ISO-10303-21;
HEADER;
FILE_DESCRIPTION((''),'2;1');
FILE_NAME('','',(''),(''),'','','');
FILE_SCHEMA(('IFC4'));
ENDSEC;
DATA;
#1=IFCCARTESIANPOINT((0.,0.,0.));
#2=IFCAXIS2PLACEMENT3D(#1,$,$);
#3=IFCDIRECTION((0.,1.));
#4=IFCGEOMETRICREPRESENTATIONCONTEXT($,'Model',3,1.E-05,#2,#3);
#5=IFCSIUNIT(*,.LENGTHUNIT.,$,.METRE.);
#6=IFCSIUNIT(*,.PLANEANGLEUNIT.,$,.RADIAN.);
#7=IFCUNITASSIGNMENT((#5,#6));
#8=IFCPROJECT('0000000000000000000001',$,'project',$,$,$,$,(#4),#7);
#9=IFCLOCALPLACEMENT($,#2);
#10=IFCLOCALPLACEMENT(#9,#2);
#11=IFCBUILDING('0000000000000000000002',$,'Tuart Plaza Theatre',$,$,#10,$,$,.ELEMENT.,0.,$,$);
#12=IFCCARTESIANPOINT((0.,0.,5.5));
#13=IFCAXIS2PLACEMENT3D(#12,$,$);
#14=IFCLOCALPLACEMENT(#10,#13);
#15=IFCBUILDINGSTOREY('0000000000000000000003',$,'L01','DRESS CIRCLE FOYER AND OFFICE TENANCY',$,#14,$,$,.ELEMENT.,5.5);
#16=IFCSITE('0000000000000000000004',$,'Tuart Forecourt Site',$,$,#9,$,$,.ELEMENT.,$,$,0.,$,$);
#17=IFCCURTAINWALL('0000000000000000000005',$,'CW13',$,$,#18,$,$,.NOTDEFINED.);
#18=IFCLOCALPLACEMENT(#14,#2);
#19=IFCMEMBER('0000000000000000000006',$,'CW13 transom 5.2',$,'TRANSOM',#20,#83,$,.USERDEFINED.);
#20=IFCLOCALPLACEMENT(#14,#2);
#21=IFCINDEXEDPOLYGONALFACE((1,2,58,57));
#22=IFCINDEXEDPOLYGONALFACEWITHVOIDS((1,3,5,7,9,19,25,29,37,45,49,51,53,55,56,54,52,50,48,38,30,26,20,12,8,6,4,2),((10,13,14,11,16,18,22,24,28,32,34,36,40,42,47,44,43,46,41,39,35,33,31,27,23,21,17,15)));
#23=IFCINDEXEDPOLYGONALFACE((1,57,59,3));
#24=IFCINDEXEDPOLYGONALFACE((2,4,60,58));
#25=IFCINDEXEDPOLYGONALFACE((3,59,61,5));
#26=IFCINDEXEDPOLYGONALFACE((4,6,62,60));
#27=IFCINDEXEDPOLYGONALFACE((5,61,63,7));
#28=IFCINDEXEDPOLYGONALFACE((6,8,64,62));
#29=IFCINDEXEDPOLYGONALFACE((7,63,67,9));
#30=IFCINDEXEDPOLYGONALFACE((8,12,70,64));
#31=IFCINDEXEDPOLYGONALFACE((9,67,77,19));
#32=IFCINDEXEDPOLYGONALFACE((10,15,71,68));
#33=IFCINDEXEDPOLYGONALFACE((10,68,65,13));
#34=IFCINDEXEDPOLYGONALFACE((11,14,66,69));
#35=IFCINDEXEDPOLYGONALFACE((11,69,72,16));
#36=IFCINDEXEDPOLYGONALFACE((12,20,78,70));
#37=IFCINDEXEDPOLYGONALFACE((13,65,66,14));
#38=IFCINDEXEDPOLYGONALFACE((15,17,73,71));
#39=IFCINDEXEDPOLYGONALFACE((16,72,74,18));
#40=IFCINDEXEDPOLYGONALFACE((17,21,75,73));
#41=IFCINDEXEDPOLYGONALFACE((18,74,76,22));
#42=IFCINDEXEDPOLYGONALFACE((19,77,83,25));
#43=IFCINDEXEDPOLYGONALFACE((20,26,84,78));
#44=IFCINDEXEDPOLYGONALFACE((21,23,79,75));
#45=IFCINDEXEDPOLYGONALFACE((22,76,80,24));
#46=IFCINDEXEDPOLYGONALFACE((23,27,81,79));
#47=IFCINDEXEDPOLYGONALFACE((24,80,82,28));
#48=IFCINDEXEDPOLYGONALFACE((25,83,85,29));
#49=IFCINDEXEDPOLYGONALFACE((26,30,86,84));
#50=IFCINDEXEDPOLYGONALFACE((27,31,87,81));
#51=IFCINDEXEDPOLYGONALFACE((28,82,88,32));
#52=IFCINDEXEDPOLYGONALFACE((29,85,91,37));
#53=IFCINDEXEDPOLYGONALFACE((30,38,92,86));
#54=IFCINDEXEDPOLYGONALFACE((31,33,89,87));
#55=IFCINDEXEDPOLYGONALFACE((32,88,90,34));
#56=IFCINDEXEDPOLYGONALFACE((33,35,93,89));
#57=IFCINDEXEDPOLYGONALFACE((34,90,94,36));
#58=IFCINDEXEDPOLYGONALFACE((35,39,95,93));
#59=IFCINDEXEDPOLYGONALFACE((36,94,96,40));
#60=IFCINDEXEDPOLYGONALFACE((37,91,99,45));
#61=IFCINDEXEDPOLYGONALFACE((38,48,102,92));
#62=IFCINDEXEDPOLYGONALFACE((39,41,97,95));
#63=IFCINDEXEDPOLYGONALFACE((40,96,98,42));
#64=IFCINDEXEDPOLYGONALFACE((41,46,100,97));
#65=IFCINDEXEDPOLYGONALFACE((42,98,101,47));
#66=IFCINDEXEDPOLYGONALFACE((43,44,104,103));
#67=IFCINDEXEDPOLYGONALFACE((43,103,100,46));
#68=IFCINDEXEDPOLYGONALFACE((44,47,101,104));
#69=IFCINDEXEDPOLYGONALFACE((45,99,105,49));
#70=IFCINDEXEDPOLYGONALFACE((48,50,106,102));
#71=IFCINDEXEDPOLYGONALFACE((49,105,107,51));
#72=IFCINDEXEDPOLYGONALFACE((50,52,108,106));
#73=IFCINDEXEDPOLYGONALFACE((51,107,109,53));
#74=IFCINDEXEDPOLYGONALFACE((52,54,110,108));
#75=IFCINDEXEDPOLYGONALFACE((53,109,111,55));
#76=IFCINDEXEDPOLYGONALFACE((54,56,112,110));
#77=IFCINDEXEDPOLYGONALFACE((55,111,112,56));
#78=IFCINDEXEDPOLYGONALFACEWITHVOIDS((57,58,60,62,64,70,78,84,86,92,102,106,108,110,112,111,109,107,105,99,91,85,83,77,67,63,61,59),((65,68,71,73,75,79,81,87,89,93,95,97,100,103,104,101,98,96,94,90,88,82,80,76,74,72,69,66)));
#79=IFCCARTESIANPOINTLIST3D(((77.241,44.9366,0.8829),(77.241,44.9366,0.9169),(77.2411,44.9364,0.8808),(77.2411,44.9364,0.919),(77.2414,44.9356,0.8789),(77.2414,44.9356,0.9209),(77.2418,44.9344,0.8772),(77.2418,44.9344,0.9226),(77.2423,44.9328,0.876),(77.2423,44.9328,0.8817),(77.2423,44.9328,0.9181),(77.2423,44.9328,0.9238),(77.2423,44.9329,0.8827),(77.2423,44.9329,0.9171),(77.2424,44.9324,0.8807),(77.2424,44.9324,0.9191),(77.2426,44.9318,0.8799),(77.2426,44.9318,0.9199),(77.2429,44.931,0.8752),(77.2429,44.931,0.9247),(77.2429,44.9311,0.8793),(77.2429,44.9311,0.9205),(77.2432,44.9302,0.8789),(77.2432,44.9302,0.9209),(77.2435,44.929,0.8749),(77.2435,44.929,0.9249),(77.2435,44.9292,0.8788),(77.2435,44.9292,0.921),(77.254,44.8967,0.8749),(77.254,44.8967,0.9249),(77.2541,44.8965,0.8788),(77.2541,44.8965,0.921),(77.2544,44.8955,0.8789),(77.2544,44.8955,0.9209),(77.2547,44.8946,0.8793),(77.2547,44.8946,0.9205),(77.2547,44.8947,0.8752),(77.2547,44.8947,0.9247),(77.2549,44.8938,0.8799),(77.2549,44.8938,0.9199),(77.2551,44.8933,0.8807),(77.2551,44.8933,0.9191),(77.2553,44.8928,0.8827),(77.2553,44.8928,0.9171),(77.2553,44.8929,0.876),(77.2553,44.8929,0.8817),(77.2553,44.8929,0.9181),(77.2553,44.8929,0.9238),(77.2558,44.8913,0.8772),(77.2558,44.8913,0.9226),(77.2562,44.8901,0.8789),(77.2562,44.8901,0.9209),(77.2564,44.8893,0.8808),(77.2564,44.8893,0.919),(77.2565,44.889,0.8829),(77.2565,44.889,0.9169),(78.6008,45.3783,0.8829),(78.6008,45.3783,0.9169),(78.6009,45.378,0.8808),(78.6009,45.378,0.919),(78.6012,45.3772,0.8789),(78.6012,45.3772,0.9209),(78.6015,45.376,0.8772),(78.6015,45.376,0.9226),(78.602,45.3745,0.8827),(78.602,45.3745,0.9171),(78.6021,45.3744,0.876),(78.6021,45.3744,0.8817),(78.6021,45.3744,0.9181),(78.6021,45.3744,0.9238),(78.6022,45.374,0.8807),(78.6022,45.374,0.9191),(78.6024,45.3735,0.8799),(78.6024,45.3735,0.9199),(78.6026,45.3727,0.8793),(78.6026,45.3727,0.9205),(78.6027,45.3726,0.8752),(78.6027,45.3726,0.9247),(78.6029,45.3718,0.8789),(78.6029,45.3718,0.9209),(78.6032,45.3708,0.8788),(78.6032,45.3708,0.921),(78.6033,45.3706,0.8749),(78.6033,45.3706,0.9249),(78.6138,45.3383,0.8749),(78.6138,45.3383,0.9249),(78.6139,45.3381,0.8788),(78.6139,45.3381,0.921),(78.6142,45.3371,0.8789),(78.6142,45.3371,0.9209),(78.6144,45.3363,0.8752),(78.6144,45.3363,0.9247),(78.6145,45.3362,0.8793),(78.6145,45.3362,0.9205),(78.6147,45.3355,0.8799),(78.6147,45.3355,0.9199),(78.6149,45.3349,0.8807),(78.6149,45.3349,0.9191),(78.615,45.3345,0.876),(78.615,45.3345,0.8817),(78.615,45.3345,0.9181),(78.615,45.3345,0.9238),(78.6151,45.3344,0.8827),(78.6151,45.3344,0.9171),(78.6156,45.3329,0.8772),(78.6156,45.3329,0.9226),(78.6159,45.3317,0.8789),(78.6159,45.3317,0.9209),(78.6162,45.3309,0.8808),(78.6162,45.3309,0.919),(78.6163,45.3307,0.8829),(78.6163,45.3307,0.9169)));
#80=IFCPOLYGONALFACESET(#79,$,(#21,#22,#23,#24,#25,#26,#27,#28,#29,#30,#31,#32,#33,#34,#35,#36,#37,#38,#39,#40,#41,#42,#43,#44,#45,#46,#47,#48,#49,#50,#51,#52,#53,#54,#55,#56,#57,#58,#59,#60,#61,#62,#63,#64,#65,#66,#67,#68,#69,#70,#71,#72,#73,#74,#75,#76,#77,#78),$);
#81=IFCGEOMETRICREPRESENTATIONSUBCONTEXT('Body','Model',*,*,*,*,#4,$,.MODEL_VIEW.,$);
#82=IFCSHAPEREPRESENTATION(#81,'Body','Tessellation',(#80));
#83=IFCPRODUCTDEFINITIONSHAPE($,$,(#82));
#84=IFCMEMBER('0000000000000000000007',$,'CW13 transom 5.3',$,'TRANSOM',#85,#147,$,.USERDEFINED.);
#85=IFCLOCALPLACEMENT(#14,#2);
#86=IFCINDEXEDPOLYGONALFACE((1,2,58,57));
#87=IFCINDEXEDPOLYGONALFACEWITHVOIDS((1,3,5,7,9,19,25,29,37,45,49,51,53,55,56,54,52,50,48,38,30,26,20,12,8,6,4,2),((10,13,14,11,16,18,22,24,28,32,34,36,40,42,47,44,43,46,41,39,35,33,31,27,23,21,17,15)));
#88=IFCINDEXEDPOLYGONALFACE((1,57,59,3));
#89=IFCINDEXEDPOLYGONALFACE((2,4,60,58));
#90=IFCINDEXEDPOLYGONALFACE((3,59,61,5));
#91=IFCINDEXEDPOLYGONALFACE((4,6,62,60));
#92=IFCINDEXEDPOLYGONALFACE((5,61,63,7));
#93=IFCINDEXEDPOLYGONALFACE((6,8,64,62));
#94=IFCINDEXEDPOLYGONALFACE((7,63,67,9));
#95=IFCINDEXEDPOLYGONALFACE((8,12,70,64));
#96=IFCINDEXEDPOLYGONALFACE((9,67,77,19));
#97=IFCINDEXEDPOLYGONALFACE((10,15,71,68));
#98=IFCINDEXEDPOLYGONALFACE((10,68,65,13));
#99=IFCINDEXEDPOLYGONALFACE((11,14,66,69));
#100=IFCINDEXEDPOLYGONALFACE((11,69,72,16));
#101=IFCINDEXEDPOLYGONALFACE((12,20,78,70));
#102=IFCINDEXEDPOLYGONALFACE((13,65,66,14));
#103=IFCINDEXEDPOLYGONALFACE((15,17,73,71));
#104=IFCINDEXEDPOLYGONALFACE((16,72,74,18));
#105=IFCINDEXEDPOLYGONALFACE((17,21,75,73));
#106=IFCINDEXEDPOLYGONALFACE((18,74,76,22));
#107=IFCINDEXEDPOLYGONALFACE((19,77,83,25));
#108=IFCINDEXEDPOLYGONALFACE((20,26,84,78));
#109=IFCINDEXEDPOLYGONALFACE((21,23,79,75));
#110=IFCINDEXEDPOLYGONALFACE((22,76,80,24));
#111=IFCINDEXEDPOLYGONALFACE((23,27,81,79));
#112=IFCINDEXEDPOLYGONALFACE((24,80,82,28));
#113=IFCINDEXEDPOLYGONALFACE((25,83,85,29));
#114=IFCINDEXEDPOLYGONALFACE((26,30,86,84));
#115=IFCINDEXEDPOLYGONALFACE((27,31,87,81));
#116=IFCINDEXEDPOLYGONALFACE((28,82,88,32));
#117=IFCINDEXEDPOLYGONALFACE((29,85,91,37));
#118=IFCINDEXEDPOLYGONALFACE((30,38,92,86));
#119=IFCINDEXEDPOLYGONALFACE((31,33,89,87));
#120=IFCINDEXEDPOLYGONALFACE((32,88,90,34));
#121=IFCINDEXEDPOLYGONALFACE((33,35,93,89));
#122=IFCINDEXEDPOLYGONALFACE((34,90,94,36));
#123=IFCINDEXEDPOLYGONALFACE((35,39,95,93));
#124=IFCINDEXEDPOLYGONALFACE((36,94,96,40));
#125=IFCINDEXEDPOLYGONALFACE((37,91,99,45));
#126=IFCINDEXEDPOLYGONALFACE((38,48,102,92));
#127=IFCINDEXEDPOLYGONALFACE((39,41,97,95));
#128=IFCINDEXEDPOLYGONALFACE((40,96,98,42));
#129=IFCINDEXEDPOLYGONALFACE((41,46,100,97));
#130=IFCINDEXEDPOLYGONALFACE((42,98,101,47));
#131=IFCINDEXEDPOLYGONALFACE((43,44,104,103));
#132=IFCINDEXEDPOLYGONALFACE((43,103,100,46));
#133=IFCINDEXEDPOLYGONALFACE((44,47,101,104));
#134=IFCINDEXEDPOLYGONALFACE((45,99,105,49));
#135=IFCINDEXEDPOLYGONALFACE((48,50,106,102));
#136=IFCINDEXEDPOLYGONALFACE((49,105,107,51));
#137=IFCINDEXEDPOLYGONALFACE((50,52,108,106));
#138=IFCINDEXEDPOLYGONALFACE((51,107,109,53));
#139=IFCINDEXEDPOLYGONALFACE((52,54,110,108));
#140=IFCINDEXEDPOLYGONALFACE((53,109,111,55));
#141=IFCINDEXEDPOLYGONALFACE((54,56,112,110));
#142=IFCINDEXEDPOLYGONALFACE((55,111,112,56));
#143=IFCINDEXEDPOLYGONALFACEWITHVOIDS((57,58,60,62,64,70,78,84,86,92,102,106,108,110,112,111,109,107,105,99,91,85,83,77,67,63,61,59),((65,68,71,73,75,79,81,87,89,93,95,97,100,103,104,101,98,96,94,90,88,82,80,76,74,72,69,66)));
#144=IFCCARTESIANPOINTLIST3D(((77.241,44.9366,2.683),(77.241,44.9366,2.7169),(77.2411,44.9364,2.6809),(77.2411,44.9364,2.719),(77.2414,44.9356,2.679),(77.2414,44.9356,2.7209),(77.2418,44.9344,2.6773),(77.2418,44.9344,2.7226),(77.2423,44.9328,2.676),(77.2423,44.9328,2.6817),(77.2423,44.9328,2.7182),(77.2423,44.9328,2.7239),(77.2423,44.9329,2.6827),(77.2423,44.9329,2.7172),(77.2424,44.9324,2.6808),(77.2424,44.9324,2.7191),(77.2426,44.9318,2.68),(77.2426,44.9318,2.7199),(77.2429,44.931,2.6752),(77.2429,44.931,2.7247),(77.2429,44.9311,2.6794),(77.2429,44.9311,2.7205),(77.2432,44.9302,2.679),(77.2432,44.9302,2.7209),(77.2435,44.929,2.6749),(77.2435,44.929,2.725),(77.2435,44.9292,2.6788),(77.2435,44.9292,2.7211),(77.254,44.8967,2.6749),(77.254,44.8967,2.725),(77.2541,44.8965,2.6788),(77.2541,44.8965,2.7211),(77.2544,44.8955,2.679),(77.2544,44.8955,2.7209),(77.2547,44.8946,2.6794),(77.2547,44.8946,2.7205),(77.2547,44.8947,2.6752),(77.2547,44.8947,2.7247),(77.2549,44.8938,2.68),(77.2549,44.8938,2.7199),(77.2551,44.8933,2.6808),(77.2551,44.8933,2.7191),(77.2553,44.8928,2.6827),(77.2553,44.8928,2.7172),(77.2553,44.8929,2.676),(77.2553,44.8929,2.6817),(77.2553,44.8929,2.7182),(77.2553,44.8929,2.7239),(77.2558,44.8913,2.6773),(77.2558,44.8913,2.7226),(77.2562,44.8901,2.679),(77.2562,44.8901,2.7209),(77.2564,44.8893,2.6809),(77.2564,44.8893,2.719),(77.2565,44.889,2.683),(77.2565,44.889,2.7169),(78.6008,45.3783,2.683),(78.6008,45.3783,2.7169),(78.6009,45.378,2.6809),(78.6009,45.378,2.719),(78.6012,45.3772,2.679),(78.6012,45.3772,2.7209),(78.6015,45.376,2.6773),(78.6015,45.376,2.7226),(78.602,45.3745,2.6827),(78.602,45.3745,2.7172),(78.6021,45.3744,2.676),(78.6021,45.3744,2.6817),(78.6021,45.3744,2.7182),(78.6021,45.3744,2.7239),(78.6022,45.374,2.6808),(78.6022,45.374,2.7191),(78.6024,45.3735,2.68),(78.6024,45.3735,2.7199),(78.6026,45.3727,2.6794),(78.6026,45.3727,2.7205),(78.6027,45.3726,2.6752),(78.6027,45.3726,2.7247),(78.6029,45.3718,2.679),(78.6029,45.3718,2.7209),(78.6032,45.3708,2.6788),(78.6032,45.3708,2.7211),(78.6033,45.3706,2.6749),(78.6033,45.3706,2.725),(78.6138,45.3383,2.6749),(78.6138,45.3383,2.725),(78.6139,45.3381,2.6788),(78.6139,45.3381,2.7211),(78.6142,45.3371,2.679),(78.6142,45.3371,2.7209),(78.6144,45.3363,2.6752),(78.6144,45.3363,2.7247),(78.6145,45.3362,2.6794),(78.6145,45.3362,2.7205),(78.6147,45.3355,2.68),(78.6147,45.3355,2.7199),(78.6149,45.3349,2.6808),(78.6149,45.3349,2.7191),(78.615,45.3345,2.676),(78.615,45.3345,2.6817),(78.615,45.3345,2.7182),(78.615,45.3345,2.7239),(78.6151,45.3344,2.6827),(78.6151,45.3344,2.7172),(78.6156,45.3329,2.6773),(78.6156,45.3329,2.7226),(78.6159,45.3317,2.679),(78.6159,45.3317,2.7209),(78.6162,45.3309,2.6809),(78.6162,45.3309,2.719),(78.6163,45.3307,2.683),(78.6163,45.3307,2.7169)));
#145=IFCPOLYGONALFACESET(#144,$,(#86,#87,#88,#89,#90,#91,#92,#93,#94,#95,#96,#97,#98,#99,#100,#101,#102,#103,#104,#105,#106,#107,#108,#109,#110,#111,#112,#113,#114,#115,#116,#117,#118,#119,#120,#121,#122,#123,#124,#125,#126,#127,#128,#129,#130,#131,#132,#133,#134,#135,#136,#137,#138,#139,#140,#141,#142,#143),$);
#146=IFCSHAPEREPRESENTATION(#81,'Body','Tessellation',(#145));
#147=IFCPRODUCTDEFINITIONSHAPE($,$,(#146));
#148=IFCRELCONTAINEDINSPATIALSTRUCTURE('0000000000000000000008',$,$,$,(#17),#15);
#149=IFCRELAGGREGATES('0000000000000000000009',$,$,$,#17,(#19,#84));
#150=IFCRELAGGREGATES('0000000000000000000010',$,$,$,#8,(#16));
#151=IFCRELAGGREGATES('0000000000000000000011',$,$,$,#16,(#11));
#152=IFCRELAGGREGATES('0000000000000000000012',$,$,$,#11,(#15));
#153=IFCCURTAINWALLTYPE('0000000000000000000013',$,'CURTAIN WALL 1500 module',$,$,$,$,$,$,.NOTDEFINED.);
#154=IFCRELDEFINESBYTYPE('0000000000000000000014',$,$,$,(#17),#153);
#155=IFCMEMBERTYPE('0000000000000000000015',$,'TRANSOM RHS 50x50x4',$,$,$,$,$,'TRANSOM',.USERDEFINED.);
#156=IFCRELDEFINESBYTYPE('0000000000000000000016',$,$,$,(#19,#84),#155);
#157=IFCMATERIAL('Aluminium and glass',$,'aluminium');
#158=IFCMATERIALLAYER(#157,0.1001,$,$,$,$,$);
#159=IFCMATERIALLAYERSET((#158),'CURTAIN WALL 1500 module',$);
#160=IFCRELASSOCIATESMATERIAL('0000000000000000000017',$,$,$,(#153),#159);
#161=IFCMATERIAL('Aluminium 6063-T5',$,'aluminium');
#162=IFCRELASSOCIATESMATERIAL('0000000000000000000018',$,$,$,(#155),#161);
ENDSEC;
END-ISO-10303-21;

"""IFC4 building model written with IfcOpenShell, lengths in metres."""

from ifc_helpers import new_model, si_unit, direction, frame, origin, origin_2d, place, context, subcontext, project, spatial, hollow_rectangle, extrude, material, layer, layer_set, material_profile, profile_set, type_object, element, aggregate, save


model = new_model("IFC4")

# Units and contexts
model_context = context("Model", 3, precision=1e-05, world=origin(), true_north=direction((0.0, 1.0)))
body_context = subcontext(model_context, "Body", "Model", "MODEL_VIEW")
ifc_project = project(units=[si_unit("LENGTHUNIT", "METRE"), si_unit("PLANEANGLEUNIT", "RADIAN")], contexts=[model_context])

# Site, building, storey
site_placement = place(None, origin())
site = spatial("IfcSite", under=ifc_project, at=site_placement, Name="Tuart Forecourt Site", CompositionType="ELEMENT", RefElevation=0.0)
building_placement = place(site_placement, origin())
building = spatial("IfcBuilding", under=site, at=building_placement, Name="Tuart Plaza Theatre", CompositionType="ELEMENT", ElevationOfRefHeight=0.0)
storey_placement = place(building_placement, frame((0.0, 0.0, 5.5)))
storey = spatial("IfcBuildingStorey", under=building, at=storey_placement, Name="L01", Description="DRESS CIRCLE FOYER AND OFFICE TENANCY", CompositionType="ELEMENT", Elevation=5.5)

# Curtain wall, members
ifc_material_1 = material(Name="Aluminium and glass", Category="aluminium")
ifc_layer_1 = layer(ifc_material_1, 0.1001)
ifc_layer_set_1 = layer_set([ifc_layer_1], Name="CURTAIN WALL 1500 module")
curtain_wall_type = type_object("IfcCurtainWallType", Name="CURTAIN WALL 1500 module", PredefinedType="NOTDEFINED", material=ifc_layer_set_1)
curtain_wall_placement = place(storey_placement, origin())
curtain_wall = element("IfcCurtainWall", 1, at=curtain_wall_placement, inside=storey, type_object=curtain_wall_type, Name="CW13", PredefinedType="NOTDEFINED")
ifc_material_2 = material(Name="Aluminium 6063-T5", Category="aluminium")
ifc_material_profile_1 = material_profile(ifc_material_2, hollow_rectangle(XDim=0.05, YDim=0.05, WallThickness=0.0039, InnerFilletRadius=0.0039, OuterFilletRadius=0.0081, at=origin_2d()), Name="RHS 50x50x4")
ifc_profile_set_1 = profile_set([ifc_material_profile_1], Name="Aluminium 6063-T5")
member_type_1 = type_object("IfcMemberType", Name="TRANSOM RHS 50x50x4", ElementType="TRANSOM", PredefinedType="USERDEFINED", material=ifc_profile_set_1)
member_1_placement = place(storey_placement, frame((77.2488, 44.9128, 0.8999), z_axis=(0.951097, 0.308893, 0.0), x_axis=(-0.308893, 0.951097, 0.0)))
member_1 = element("IfcMember", 2, at=member_1_placement, type_object=member_type_1, Name="CW13 transom 5.2", ObjectType="TRANSOM", PredefinedType="USERDEFINED", context=body_context, shape_type="SweptSolid", body=[
    extrude(hollow_rectangle(XDim=0.05, YDim=0.05, WallThickness=0.0039, InnerFilletRadius=0.0039, OuterFilletRadius=0.0081, at=origin_2d()), origin(), (0.0, 0.0, 1.0), 1.4297),
])
member_2_placement = place(storey_placement, frame((77.2488, 44.9128, 2.7), z_axis=(0.951097, 0.308893, 0.0), x_axis=(-0.308893, 0.951097, 0.0)))
member_2 = element("IfcMember", 3, at=member_2_placement, type_object=member_type_1, Name="CW13 transom 5.3", ObjectType="TRANSOM", PredefinedType="USERDEFINED", context=body_context, shape_type="SweptSolid", body=[
    extrude(hollow_rectangle(XDim=0.05, YDim=0.05, WallThickness=0.0039, InnerFilletRadius=0.0039, OuterFilletRadius=0.0081, at=origin_2d()), origin(), (0.0, 0.0, 1.0), 1.4297),
])
aggregate(curtain_wall, [member_1, member_2])

save(model, "model.ifc")
